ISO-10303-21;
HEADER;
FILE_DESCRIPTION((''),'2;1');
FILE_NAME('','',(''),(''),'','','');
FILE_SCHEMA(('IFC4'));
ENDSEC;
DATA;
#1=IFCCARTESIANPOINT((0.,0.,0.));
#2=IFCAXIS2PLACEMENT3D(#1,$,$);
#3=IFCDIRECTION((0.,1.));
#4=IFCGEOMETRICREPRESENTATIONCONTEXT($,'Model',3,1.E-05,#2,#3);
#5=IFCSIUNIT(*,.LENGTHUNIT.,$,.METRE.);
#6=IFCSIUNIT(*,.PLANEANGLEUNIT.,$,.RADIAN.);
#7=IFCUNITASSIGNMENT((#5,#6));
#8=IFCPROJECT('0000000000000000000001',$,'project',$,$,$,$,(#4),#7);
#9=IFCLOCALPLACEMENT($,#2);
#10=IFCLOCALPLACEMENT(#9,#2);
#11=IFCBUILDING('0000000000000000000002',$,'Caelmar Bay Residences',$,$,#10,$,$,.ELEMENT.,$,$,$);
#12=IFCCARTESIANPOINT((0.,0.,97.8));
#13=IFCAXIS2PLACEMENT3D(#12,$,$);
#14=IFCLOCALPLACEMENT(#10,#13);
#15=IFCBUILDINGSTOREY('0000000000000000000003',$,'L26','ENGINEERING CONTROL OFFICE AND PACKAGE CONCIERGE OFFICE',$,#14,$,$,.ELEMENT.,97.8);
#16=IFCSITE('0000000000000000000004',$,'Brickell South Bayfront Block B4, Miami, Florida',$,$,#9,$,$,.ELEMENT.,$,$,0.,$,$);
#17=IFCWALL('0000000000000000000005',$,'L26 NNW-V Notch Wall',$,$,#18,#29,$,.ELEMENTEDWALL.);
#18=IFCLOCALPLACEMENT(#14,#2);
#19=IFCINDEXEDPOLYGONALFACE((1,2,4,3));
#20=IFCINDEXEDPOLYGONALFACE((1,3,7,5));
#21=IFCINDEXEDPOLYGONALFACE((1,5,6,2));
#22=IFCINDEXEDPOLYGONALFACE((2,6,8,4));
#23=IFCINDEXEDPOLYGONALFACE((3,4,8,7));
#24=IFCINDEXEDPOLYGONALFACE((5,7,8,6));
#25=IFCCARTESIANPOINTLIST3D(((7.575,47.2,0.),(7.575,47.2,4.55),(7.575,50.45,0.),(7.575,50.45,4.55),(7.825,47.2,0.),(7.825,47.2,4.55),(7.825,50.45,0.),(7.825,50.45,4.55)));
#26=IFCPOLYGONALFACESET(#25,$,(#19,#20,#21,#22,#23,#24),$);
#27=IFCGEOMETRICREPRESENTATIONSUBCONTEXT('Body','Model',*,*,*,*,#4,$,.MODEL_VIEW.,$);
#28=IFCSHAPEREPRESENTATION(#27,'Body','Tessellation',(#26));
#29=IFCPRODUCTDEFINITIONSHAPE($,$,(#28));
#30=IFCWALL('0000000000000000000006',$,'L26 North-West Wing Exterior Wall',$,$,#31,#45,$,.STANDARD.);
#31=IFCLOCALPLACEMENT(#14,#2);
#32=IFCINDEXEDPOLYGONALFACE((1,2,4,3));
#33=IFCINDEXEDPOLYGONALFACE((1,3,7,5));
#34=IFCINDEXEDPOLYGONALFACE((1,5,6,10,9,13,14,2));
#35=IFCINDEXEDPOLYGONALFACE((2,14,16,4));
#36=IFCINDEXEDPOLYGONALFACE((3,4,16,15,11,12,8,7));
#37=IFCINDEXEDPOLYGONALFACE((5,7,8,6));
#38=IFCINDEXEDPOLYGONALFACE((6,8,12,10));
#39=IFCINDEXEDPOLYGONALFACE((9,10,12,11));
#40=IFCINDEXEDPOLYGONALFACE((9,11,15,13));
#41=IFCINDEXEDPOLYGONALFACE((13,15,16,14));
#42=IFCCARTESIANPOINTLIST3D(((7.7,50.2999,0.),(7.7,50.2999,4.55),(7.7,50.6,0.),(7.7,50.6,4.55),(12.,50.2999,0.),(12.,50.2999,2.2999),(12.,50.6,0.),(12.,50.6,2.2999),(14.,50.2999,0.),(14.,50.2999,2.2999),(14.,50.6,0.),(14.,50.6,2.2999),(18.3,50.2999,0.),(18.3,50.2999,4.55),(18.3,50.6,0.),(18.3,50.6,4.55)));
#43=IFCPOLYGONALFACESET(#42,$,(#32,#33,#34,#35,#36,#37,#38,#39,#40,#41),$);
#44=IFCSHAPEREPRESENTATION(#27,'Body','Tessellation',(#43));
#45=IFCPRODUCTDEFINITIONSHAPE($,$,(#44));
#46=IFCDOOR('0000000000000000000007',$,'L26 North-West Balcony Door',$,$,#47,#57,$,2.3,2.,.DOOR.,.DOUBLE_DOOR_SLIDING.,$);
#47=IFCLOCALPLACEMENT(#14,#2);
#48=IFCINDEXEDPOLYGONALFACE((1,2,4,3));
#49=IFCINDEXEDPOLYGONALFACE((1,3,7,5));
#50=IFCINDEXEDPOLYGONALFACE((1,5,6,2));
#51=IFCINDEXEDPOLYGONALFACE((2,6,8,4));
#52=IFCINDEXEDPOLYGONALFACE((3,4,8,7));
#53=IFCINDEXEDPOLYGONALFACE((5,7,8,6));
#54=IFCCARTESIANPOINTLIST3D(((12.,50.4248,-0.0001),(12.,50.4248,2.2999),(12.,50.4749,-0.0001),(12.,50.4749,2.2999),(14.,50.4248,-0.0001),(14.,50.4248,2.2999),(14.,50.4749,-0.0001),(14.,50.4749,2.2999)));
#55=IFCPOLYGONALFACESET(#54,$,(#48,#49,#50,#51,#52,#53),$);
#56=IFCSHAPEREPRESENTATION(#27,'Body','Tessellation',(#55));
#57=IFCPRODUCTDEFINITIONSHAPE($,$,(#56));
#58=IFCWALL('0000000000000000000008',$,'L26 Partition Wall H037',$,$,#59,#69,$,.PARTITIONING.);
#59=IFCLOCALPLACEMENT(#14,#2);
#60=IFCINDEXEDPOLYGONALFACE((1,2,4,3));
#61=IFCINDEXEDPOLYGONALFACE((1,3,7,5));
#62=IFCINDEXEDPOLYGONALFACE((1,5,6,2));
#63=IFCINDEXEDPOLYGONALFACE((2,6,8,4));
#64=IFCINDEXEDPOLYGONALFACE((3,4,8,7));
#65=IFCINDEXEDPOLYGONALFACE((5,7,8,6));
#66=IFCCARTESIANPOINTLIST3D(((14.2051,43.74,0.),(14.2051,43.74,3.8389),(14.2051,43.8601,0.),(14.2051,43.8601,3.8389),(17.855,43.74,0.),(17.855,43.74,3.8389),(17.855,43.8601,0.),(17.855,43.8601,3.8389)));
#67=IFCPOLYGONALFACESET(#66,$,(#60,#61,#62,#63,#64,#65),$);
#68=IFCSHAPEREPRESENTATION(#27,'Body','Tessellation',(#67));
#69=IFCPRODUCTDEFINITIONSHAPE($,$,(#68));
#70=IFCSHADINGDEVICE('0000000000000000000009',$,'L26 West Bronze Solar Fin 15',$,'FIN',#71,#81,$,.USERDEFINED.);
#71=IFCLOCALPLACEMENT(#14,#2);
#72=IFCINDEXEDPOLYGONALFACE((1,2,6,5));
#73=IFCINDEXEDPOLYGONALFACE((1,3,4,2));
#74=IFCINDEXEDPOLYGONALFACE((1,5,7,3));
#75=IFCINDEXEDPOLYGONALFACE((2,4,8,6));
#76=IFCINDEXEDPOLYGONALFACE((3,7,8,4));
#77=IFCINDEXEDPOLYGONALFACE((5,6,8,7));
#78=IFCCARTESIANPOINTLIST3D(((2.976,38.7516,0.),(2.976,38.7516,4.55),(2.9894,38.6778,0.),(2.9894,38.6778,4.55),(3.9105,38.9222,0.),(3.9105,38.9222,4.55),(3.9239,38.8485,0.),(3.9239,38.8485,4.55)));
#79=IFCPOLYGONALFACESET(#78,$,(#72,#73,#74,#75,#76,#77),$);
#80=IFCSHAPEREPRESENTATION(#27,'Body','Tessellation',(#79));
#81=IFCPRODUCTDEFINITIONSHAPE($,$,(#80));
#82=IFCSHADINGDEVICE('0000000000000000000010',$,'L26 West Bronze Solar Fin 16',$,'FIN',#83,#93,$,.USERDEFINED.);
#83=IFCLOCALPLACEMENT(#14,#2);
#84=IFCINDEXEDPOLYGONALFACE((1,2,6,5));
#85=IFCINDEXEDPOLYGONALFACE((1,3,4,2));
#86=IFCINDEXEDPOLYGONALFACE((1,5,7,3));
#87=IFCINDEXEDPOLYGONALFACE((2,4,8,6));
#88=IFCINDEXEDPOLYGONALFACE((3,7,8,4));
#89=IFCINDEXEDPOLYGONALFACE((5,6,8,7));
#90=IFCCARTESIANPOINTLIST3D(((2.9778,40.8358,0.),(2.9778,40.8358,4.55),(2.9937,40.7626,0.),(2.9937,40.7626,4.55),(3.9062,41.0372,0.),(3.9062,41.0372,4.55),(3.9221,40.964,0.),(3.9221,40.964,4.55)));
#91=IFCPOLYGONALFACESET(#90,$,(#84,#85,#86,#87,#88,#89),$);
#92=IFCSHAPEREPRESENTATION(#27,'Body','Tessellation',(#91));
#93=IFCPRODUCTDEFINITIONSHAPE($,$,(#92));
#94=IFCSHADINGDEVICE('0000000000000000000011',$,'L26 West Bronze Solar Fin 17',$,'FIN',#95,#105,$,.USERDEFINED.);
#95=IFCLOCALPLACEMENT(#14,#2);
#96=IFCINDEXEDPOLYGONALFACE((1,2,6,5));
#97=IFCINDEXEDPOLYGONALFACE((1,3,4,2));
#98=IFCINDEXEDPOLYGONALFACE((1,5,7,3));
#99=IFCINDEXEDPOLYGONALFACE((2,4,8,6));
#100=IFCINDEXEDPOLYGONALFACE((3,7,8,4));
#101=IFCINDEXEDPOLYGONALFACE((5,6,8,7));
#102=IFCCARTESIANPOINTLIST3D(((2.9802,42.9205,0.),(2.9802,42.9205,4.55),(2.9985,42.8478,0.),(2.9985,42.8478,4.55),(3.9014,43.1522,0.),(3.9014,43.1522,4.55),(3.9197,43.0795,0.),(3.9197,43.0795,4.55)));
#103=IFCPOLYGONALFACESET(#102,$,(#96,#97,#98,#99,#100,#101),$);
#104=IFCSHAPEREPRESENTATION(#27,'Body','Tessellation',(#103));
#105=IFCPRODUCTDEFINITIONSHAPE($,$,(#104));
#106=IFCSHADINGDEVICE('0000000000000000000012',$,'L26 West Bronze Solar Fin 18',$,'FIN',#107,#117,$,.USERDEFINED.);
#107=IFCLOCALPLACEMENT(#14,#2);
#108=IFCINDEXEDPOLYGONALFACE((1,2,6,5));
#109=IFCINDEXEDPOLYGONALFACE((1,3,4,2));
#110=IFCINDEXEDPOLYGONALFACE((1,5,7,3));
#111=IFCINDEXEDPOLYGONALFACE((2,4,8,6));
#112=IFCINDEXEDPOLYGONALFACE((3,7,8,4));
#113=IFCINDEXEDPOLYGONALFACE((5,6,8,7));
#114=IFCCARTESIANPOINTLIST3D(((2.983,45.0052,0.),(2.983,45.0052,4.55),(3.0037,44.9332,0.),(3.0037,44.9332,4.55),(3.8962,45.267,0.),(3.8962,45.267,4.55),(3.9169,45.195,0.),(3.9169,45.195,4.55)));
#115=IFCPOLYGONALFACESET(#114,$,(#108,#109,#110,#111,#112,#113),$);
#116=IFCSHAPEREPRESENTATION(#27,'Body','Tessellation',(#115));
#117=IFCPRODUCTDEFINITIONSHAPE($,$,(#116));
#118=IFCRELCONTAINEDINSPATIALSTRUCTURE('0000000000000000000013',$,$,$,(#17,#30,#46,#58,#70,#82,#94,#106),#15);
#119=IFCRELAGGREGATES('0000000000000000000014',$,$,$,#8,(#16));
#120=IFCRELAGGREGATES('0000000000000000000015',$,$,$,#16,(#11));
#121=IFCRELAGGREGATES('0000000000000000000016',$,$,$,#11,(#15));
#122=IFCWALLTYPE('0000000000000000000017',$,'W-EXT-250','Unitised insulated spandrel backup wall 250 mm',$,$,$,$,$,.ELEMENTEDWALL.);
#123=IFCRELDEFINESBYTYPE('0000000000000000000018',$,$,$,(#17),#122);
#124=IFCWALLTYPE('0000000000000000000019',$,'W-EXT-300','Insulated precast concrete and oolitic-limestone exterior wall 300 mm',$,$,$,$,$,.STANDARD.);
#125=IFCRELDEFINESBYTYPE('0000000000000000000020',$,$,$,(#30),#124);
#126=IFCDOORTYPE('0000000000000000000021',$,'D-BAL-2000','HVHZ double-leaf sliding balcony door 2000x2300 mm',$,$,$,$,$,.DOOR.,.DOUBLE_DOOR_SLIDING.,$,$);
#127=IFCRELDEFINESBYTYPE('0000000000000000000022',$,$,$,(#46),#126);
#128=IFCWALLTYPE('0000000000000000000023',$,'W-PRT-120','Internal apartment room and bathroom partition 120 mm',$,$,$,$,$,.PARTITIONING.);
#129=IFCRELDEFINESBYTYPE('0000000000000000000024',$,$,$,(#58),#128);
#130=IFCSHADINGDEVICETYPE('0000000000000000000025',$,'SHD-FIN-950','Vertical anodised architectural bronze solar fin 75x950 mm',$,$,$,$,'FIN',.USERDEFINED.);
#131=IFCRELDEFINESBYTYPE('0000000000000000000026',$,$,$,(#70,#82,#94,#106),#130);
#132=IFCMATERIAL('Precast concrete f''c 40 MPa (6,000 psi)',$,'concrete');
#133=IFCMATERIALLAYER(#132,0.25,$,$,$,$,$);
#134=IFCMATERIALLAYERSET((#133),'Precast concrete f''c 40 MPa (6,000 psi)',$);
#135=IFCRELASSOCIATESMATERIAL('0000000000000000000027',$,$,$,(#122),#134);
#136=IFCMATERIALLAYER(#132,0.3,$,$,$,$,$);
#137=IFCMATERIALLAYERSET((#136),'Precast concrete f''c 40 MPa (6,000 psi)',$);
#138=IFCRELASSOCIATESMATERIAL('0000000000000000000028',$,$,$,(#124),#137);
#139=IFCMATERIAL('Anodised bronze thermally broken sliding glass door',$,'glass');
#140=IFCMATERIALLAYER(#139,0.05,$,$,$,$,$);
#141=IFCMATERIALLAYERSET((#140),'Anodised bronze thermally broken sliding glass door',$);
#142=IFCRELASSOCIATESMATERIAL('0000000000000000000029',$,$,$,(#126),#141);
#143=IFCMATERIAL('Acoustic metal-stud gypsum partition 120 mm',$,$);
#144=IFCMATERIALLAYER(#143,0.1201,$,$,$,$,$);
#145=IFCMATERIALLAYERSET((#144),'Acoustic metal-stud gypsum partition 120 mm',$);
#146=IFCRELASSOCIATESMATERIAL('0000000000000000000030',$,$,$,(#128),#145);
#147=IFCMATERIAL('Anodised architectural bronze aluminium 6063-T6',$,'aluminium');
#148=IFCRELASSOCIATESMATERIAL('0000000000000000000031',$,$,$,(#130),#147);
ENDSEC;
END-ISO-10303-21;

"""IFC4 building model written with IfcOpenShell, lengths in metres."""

from ifc_helpers import new_model, si_unit, direction, frame, frame_2d, origin, origin_2d, place, context, subcontext, project, spatial, rectangle, extrude, material, layer, layer_set, material_profile, profile_set, type_object, element, fill, save


model = new_model("IFC4")

# Units and contexts
model_context = context("Model", 3, precision=1e-05, world=origin(), true_north=direction((0.0, 1.0)))
body_context = subcontext(model_context, "Body", "Model", "MODEL_VIEW")
ifc_project = project(units=[si_unit("LENGTHUNIT", "METRE"), si_unit("PLANEANGLEUNIT", "RADIAN")], contexts=[model_context])

# Site, building, storey
site_placement = place(None, origin())
site = spatial("IfcSite", under=ifc_project, at=site_placement, Name="Brickell South Bayfront Block B4, Miami, Florida", CompositionType="ELEMENT", RefElevation=0.0)
building_placement = place(site_placement, origin())
building = spatial("IfcBuilding", under=site, at=building_placement, Name="Caelmar Bay Residences", CompositionType="ELEMENT")
storey_placement = place(building_placement, frame((0.0, 0.0, 97.8)))
storey = spatial("IfcBuildingStorey", under=building, at=storey_placement, Name="L26", Description="ENGINEERING CONTROL OFFICE AND PACKAGE CONCIERGE OFFICE", CompositionType="ELEMENT", Elevation=97.8)

# Wall
ifc_material_1 = material(Name="Precast concrete f'c 40 MPa (6,000 psi)", Category="concrete")
ifc_layer_1 = layer(ifc_material_1, 0.25)
ifc_layer_set_1 = layer_set([ifc_layer_1], Name="Precast concrete f'c 40 MPa (6,000 psi)")
wall_type_1 = type_object("IfcWallType", Name="W-EXT-250", Description="Unitised insulated spandrel backup wall 250 mm", PredefinedType="ELEMENTEDWALL", material=ifc_layer_set_1)
wall_1_placement = place(storey_placement, frame((7.7, 47.2, 0.0), z_axis=(0.0, 0.0, 1.0), x_axis=(0.0, 1.0, 0.0)))
element("IfcWall", 1, at=wall_1_placement, inside=storey, type_object=wall_type_1, Name="L26 NNW-V Notch Wall", PredefinedType="ELEMENTEDWALL", context=body_context, shape_type="SweptSolid", body=[
    extrude(rectangle(XDim=3.25, YDim=0.25, at=frame_2d((1.625, 0.0))), origin(), (0.0, 0.0, 1.0), 4.55),
])

# Wall, opening, door
ifc_layer_2 = layer(ifc_material_1, 0.3)
ifc_layer_set_2 = layer_set([ifc_layer_2], Name="Precast concrete f'c 40 MPa (6,000 psi)")
wall_type_2 = type_object("IfcWallType", Name="W-EXT-300", Description="Insulated precast concrete and oolitic-limestone exterior wall 300 mm", PredefinedType="STANDARD", material=ifc_layer_set_2)
wall_2_placement = place(storey_placement, frame((7.7, 50.45, 0.0), z_axis=(0.0, 0.0, 1.0), x_axis=(1.0, 0.0, 0.0)))
wall_2 = element("IfcWall", 2, at=wall_2_placement, inside=storey, type_object=wall_type_2, Name="L26 North-West Wing Exterior Wall", PredefinedType="STANDARD", context=body_context, shape_type="SweptSolid", body=[
    extrude(rectangle(XDim=10.6001, YDim=0.3, at=frame_2d((5.3, 0.0))), origin(), (0.0, 0.0, 1.0), 4.55),
])
opening_1_placement = place(wall_2_placement, frame((4.3, 0.0, 0.0)))
opening_1 = element("IfcOpeningElement", 3, at=opening_1_placement, cuts=wall_2, PredefinedType="OPENING", context=body_context, shape_type="SweptSolid", body=[
    extrude(rectangle(XDim=2.0, YDim=2.3, at=frame_2d((1.0, 1.1499))), frame((0.0, 0.1599, 0.0), z_axis=(0.0, -1.0, 0.0), x_axis=(1.0, 0.0, 0.0)), (0.0, 0.0, 1.0), 0.3201),
])
ifc_material_2 = material(Name="Anodised bronze thermally broken sliding glass door", Category="glass")
ifc_layer_3 = layer(ifc_material_2, 0.05)
ifc_layer_set_3 = layer_set([ifc_layer_3], Name="Anodised bronze thermally broken sliding glass door")
door_type_1 = type_object("IfcDoorType", Name="D-BAL-2000", Description="HVHZ double-leaf sliding balcony door 2000x2300 mm", OperationType="DOUBLE_DOOR_SLIDING", PredefinedType="DOOR", material=ifc_layer_set_3)
door_1_placement = place(opening_1_placement, origin())
door_1 = element("IfcDoor", 4, at=door_1_placement, inside=storey, type_object=door_type_1, Name="L26 North-West Balcony Door", OperationType="DOUBLE_DOOR_SLIDING", OverallHeight=2.3, OverallWidth=2.0, PredefinedType="DOOR", context=body_context, shape_type="SweptSolid", body=[
    extrude(rectangle(XDim=2.0, YDim=2.3, at=frame_2d((1.0, 1.1499))), frame((0.0, 0.0249, 0.0), z_axis=(0.0, -1.0, 0.0), x_axis=(1.0, 0.0, 0.0)), (0.0, 0.0, 1.0), 0.05),
])
fill(opening_1, door_1)

# Wall
ifc_material_3 = material(Name="Acoustic metal-stud gypsum partition 120 mm")
ifc_layer_4 = layer(ifc_material_3, 0.1201)
ifc_layer_set_4 = layer_set([ifc_layer_4], Name="Acoustic metal-stud gypsum partition 120 mm")
wall_type_3 = type_object("IfcWallType", Name="W-PRT-120", Description="Internal apartment room and bathroom partition 120 mm", PredefinedType="PARTITIONING", material=ifc_layer_set_4)
wall_3_placement = place(storey_placement, frame((14.2051, 43.8, 0.0), z_axis=(0.0, 0.0, 1.0), x_axis=(1.0, 0.0, 0.0)))
element("IfcWall", 5, at=wall_3_placement, inside=storey, type_object=wall_type_3, Name="L26 Partition Wall H037", PredefinedType="PARTITIONING", context=body_context, shape_type="SweptSolid", body=[
    extrude(rectangle(XDim=3.6499, YDim=0.1201, at=frame_2d((1.825, 0.0))), origin(), (0.0, 0.0, 1.0), 3.8389),
])

# Shading devices
ifc_material_4 = material(Name="Anodised architectural bronze aluminium 6063-T6", Category="aluminium")
ifc_material_profile_1 = material_profile(ifc_material_4, rectangle(XDim=0.075, YDim=0.95, at=origin_2d()), Name="BRONZE-FIN-75X950")
ifc_profile_set_1 = profile_set([ifc_material_profile_1], Name="Anodised architectural bronze aluminium 6063-T6")
shading_device_type = type_object("IfcShadingDeviceType", Name="SHD-FIN-950", Description="Vertical anodised architectural bronze solar fin 75x950 mm", ElementType="FIN", PredefinedType="USERDEFINED", material=ifc_profile_set_1)
for number, where, z_axis, x_axis, name in (
    (6, (3.45, 38.8, 0.0), (0.0, 0.0, 1.0), (-0.179661, 0.983729, 0.0), "L26 West Bronze Solar Fin 15"),
    (7, (3.45, 40.8999, 0.0), (0.0, 0.0, 1.0), (-0.212007, 0.977268, 0.0), "L26 West Bronze Solar Fin 16"),
    (8, (3.45, 43.0, 0.0), (0.0, 0.0, 1.0), (-0.243954, 0.969787, 0.0), "L26 West Bronze Solar Fin 17"),
    (9, (3.45, 45.1001, 0.0), (0.0, 0.0, 1.0), (-0.275637, 0.961262, 0.0), "L26 West Bronze Solar Fin 18"),
):
    element("IfcShadingDevice", number, at=place(storey_placement, frame(where, z_axis=z_axis, x_axis=x_axis)), inside=storey, type_object=shading_device_type, Name=name, ObjectType="FIN", PredefinedType="USERDEFINED", context=body_context, shape_type="SweptSolid", body=[
        extrude(rectangle(XDim=0.075, YDim=0.95, at=origin_2d()), origin(), (0.0, 0.0, 1.0), 4.55),
    ])

save(model, "model.ifc")
